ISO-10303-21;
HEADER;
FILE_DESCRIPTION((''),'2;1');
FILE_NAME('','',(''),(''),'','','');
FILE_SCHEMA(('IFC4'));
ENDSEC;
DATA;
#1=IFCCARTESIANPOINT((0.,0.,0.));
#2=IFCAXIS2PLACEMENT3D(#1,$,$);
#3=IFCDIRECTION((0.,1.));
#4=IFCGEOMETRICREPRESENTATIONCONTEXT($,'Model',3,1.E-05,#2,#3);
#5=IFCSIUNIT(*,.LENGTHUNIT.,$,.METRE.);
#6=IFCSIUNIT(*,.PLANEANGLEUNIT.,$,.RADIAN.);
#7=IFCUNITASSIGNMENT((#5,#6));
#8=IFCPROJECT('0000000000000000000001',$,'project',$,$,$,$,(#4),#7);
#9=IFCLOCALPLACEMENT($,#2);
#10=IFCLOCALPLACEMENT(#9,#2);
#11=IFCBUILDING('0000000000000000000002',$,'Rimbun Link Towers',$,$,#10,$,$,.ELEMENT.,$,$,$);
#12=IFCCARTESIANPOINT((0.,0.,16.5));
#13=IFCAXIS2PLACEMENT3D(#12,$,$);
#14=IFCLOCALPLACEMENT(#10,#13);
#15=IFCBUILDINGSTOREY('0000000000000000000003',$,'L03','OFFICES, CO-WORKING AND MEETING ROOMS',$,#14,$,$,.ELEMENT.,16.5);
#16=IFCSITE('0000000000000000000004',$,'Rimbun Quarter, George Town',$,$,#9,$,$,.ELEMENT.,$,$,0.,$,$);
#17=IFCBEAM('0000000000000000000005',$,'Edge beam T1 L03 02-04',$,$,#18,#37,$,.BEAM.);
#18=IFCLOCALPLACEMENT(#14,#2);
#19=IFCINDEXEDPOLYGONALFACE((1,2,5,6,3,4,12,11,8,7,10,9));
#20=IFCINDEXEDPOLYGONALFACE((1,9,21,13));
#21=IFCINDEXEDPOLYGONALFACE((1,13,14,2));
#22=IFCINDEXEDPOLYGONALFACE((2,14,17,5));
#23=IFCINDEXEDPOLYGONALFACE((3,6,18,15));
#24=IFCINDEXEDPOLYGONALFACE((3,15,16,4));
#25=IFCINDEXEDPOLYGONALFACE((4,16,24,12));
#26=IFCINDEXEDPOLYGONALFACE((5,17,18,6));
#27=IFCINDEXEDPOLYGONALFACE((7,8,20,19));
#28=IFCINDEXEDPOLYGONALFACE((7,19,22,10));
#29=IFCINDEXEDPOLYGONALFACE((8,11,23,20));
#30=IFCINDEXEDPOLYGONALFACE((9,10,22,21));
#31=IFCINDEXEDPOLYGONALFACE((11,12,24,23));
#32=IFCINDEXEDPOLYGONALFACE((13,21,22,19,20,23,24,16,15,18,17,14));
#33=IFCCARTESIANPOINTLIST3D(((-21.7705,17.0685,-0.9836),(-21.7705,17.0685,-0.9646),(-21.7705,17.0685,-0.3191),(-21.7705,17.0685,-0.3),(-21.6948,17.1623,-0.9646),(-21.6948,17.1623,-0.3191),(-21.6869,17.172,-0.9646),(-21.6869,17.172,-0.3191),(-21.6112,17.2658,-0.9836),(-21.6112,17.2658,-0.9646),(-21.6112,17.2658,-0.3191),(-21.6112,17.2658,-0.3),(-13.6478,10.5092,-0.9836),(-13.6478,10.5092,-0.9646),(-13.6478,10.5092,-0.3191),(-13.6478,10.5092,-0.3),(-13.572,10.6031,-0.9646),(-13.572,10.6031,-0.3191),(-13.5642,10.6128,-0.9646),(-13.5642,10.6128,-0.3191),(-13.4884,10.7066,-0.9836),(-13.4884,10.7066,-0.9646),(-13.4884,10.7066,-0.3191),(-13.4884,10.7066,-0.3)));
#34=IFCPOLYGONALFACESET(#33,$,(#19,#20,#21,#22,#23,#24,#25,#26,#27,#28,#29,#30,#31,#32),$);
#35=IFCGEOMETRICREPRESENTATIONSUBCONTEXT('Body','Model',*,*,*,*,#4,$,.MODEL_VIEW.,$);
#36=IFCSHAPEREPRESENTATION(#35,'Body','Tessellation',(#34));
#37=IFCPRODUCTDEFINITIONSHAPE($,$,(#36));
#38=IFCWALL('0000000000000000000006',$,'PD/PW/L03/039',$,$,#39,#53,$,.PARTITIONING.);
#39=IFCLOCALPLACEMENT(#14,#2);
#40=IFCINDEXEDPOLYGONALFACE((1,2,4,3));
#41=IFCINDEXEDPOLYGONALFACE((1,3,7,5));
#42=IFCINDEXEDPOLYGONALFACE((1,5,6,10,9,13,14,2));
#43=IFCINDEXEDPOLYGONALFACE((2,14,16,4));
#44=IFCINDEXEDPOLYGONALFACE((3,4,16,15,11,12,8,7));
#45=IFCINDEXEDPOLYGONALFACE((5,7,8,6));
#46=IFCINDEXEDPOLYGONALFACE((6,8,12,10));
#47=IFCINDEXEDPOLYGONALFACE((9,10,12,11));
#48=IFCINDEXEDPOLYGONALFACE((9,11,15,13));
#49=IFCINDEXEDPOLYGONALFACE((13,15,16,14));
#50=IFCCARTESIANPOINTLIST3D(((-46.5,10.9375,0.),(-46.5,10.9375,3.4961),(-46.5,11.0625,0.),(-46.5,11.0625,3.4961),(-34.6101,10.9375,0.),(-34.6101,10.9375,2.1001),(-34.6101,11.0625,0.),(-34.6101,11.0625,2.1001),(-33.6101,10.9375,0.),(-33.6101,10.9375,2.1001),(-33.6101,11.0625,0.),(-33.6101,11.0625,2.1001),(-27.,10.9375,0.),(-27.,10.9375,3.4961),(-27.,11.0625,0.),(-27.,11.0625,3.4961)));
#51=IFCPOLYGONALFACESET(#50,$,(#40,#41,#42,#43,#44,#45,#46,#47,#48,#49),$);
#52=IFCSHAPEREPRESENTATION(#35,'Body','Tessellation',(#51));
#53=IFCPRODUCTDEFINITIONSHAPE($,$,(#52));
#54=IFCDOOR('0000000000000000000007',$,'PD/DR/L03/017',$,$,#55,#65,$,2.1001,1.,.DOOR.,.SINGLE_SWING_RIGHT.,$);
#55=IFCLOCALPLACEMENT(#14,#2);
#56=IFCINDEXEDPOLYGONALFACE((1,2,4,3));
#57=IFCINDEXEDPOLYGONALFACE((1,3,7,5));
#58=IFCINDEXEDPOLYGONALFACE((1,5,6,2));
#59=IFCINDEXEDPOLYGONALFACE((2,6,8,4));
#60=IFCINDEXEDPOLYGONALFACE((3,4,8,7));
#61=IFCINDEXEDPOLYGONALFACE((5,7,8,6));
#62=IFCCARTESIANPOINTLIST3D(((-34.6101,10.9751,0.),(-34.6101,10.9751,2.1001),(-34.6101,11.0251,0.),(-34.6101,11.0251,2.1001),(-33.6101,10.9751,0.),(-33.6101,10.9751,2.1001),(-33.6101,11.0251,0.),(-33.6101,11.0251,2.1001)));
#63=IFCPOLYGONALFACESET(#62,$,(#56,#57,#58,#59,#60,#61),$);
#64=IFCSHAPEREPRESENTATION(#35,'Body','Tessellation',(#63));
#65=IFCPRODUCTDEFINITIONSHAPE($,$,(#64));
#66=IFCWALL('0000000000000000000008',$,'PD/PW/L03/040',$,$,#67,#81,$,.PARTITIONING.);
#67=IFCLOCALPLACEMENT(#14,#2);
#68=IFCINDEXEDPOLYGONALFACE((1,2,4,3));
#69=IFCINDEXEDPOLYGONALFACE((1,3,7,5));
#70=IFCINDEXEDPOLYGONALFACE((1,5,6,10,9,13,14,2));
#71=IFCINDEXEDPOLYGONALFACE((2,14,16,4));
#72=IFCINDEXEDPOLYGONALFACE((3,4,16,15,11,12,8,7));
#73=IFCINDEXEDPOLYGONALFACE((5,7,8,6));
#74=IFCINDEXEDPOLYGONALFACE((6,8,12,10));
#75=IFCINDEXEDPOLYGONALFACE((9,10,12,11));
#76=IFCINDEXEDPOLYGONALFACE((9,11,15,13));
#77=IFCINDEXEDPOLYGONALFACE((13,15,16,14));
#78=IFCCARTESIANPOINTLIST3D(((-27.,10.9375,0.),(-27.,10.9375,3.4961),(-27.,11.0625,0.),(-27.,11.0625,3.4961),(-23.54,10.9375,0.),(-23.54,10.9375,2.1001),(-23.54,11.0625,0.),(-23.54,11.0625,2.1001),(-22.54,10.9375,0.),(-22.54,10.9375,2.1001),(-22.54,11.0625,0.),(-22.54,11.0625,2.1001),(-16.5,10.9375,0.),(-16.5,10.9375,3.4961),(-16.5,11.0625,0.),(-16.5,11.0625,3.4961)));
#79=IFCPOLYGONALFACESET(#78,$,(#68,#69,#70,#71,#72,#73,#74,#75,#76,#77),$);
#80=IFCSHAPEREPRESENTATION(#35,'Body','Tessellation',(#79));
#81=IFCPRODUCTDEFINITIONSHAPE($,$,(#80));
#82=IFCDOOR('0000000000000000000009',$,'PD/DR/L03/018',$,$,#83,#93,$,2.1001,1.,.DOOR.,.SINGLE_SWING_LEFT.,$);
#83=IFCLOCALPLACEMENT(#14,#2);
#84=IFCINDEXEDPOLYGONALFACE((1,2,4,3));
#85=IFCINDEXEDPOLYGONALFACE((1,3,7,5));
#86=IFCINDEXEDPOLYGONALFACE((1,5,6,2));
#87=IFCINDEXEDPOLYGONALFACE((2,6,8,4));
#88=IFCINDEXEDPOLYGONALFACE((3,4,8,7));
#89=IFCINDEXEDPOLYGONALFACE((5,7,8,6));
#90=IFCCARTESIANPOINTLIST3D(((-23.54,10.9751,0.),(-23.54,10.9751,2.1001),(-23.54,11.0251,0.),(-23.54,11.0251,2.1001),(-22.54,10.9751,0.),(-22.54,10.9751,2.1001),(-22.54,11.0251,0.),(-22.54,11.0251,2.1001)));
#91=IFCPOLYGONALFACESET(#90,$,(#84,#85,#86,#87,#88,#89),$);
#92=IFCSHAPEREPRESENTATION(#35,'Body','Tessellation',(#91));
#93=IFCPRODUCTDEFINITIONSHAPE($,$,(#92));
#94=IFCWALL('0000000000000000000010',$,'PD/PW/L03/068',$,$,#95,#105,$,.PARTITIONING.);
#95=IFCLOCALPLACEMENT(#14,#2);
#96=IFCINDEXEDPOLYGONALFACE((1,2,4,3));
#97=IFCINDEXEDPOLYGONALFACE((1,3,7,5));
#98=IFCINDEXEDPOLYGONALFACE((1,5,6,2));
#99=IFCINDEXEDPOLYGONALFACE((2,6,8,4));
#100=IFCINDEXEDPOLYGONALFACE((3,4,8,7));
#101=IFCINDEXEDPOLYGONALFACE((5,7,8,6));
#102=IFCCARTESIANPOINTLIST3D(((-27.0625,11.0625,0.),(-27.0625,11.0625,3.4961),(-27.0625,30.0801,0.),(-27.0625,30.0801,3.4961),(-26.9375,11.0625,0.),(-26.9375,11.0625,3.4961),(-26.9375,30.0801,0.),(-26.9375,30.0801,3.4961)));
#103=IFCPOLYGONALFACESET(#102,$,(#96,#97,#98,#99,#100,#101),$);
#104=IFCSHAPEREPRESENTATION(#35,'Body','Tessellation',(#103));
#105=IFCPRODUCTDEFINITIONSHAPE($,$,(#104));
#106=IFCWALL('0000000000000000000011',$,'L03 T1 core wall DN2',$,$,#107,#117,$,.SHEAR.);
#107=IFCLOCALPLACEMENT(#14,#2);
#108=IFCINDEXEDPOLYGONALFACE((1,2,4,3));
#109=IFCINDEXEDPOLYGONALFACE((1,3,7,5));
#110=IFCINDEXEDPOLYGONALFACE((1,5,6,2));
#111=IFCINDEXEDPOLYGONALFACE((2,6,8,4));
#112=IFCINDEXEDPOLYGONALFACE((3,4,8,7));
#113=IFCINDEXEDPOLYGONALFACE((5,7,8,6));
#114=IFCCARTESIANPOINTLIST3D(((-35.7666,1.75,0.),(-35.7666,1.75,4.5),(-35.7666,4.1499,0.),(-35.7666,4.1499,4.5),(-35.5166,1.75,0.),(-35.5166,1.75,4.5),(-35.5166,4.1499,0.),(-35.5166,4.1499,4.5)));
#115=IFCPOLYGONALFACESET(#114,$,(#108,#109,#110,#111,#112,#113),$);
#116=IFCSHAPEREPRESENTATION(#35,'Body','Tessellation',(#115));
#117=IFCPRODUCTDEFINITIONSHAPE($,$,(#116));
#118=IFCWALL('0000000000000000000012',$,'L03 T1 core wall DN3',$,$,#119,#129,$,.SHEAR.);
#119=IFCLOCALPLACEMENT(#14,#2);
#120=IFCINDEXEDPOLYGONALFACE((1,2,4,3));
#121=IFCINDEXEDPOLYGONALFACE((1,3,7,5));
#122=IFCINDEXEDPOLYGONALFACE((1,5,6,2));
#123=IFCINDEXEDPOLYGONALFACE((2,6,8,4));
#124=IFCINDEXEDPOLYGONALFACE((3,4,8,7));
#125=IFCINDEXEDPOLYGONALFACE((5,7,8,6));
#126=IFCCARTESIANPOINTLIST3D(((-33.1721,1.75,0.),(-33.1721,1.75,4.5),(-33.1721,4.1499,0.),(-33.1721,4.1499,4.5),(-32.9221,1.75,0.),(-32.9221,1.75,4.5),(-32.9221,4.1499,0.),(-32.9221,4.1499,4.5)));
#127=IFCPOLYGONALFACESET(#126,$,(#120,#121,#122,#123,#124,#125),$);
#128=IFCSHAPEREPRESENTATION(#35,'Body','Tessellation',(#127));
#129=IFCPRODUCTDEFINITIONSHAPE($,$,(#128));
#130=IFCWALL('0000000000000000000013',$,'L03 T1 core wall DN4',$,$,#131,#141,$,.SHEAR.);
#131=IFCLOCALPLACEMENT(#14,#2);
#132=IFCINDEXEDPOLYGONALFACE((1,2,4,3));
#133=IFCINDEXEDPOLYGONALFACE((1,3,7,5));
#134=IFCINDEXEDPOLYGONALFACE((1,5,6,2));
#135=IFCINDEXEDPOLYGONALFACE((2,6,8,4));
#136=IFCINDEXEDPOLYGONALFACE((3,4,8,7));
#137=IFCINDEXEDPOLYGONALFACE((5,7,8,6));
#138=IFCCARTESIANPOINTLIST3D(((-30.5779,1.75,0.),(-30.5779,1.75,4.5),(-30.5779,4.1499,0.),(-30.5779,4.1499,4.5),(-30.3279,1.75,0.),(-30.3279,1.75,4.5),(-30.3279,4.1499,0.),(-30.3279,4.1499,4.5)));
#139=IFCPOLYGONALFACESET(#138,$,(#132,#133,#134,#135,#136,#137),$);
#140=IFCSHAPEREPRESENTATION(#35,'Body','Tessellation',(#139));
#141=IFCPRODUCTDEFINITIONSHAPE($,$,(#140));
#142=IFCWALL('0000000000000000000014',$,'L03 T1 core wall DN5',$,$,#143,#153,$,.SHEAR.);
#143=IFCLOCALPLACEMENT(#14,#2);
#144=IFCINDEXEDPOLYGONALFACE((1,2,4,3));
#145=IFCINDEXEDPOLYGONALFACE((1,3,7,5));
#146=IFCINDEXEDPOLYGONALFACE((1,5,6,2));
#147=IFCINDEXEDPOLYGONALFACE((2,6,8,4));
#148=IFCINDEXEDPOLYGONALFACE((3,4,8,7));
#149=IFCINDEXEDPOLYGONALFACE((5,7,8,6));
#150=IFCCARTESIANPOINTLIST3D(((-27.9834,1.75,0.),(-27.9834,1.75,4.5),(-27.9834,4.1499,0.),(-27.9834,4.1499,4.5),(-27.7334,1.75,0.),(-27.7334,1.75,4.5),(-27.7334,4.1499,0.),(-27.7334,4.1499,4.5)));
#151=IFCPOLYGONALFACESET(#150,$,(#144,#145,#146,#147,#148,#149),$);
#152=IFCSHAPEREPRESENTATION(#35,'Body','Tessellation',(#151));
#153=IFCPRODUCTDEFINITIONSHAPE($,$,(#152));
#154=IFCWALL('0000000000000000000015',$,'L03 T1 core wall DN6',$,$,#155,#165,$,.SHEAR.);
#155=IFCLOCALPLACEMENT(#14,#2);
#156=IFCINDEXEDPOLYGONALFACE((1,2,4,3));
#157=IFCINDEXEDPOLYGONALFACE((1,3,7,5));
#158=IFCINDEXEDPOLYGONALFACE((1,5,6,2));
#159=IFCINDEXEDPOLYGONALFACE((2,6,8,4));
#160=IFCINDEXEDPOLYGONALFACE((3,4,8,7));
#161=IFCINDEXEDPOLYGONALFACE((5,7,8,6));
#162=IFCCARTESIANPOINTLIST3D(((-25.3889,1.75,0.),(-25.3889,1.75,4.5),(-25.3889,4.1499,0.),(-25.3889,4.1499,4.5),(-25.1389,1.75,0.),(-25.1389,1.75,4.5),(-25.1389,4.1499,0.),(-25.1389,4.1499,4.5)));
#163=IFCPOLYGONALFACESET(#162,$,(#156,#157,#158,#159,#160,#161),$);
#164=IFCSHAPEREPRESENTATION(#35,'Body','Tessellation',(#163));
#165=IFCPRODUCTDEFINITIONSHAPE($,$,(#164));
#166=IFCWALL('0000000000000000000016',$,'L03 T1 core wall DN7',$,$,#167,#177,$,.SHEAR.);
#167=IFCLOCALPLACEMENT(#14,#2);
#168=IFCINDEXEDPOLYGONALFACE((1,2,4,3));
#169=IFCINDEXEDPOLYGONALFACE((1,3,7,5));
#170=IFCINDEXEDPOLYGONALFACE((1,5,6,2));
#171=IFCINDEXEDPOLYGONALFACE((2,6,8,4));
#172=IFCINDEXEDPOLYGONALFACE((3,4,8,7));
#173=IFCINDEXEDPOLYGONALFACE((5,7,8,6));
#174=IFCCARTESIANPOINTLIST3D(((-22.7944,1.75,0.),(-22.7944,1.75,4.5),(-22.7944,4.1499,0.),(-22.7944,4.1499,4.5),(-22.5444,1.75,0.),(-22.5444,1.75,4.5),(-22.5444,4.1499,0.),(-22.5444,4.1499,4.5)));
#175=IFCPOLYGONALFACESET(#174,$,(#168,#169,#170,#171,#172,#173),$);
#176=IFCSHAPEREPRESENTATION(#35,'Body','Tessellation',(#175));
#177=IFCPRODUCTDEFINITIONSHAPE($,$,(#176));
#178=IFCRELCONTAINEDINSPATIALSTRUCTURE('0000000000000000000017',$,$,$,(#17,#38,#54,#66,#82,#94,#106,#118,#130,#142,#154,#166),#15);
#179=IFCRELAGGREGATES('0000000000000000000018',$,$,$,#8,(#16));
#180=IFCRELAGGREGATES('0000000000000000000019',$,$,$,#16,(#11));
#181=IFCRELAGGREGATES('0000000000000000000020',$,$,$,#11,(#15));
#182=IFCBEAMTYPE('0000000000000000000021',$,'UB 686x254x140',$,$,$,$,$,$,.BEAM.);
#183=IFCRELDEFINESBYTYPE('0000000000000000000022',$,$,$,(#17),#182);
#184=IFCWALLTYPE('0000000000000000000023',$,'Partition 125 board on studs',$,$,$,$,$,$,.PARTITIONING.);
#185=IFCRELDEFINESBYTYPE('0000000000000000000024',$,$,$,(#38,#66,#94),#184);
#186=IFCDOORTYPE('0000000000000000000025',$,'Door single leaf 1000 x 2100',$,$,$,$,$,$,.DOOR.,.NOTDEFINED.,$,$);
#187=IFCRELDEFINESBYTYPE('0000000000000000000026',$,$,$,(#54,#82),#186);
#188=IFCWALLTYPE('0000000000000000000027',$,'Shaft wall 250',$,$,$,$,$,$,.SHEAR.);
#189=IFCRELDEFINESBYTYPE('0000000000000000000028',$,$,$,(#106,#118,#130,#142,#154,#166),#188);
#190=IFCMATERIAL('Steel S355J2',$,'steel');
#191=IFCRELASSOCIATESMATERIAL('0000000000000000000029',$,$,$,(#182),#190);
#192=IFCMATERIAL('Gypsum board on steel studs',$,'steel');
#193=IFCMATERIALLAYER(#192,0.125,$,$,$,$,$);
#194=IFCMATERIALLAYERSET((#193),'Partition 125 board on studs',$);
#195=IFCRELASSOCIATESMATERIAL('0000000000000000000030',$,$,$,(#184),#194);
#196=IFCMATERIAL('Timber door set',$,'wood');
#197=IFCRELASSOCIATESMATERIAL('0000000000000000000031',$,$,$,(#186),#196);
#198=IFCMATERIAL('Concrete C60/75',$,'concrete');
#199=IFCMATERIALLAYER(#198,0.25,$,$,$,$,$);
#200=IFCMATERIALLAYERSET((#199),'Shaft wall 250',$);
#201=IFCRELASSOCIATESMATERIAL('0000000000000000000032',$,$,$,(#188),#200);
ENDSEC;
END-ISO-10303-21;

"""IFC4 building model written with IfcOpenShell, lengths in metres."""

from ifc_helpers import new_model, si_unit, direction, frame, frame_2d, origin, origin_2d, place, context, subcontext, project, spatial, rectangle, i_section, extrude, material, layer, layer_set, material_profile, profile_set, type_object, element, fill, save


model = new_model("IFC4")

# Units and contexts
model_context = context("Model", 3, precision=1e-05, world=origin(), true_north=direction((0.0, 1.0)))
body_context = subcontext(model_context, "Body", "Model", "MODEL_VIEW")
ifc_project = project(units=[si_unit("LENGTHUNIT", "METRE"), si_unit("PLANEANGLEUNIT", "RADIAN")], contexts=[model_context])

# Site, building, storey
site_placement = place(None, origin())
site = spatial("IfcSite", under=ifc_project, at=site_placement, Name="Rimbun Quarter, George Town", CompositionType="ELEMENT", RefElevation=0.0)
building_placement = place(site_placement, origin())
building = spatial("IfcBuilding", under=site, at=building_placement, Name="Rimbun Link Towers", CompositionType="ELEMENT")
storey_placement = place(building_placement, frame((0.0, 0.0, 16.5)))
storey = spatial("IfcBuildingStorey", under=building, at=storey_placement, Name="L03", Description="OFFICES, CO-WORKING AND MEETING ROOMS", CompositionType="ELEMENT", Elevation=16.5)

# Beam
ifc_material_1 = material(Name="Steel S355J2", Category="steel")
ifc_material_profile_1 = material_profile(ifc_material_1, i_section(OverallWidth=0.2537, OverallDepth=0.6836, WebThickness=0.0125, FlangeThickness=0.019, at=origin_2d()), Name="UB 686x254x140")
ifc_profile_set_1 = profile_set([ifc_material_profile_1], Name="Steel S355J2")
beam_type_1 = type_object("IfcBeamType", Name="UB 686x254x140", PredefinedType="BEAM", material=ifc_profile_set_1)
beam_1_placement = place(storey_placement, frame((-13.5681, 10.6079, -0.6418), z_axis=(-0.778007, 0.628256, 0.0), x_axis=(-0.628256, -0.778007, 0.0)))
element("IfcBeam", 1, at=beam_1_placement, inside=storey, type_object=beam_type_1, Name="Edge beam T1 L03 02-04", PredefinedType="BEAM", context=body_context, shape_type="SweptSolid", body=[
    extrude(i_section(OverallWidth=0.2537, OverallDepth=0.6836, WebThickness=0.0125, FlangeThickness=0.019, at=origin_2d()), origin(), (0.0, 0.0, 1.0), 10.4404),
])

# Walls, openings, doors
ifc_material_2 = material(Name="Gypsum board on steel studs", Category="steel")
ifc_layer_1 = layer(ifc_material_2, 0.125)
ifc_layer_set_1 = layer_set([ifc_layer_1], Name="Partition 125 board on studs")
wall_type_1 = type_object("IfcWallType", Name="Partition 125 board on studs", PredefinedType="PARTITIONING", material=ifc_layer_set_1)
wall_1_placement = place(storey_placement, frame((-27.0, 11.0, 0.0), z_axis=(0.0, 0.0, 1.0), x_axis=(-1.0, 0.0, 0.0)))
wall_1 = element("IfcWall", 2, at=wall_1_placement, inside=storey, type_object=wall_type_1, Name="PD/PW/L03/039", PredefinedType="PARTITIONING", context=body_context, shape_type="SweptSolid", body=[
    extrude(rectangle(XDim=19.5, YDim=0.125, at=frame_2d((9.75, 0.0))), origin(), (0.0, 0.0, 1.0), 3.4961),
])
opening_1_placement = place(wall_1_placement, frame((6.6101, 0.0, 0.0)))
opening_1 = element("IfcOpeningElement", 3, at=opening_1_placement, cuts=wall_1, PredefinedType="OPENING", context=body_context, shape_type="SweptSolid", body=[
    extrude(rectangle(XDim=1.0, YDim=2.1001, at=frame_2d((0.5, 1.05))), frame((0.0, 0.0725, 0.0), z_axis=(0.0, -1.0, 0.0), x_axis=(1.0, 0.0, 0.0)), (0.0, 0.0, 1.0), 0.145),
])
ifc_material_3 = material(Name="Timber door set", Category="wood")
door_type_1 = type_object("IfcDoorType", Name="Door single leaf 1000 x 2100", OperationType="NOTDEFINED", PredefinedType="DOOR", material=ifc_material_3)
door_1_placement = place(opening_1_placement, origin())
door_1 = element("IfcDoor", 4, at=door_1_placement, inside=storey, type_object=door_type_1, Name="PD/DR/L03/017", OperationType="SINGLE_SWING_RIGHT", OverallHeight=2.1001, OverallWidth=1.0, PredefinedType="DOOR", context=body_context, shape_type="SweptSolid", body=[
    extrude(rectangle(XDim=1.0, YDim=2.1001, at=frame_2d((0.5, 1.05))), frame((0.0, 0.0249, 0.0), z_axis=(0.0, -1.0, 0.0), x_axis=(1.0, 0.0, 0.0)), (0.0, 0.0, 1.0), 0.05),
])
fill(opening_1, door_1)
wall_2_placement = place(storey_placement, frame((-16.5, 11.0, 0.0), z_axis=(0.0, 0.0, 1.0), x_axis=(-1.0, 0.0, 0.0)))
wall_2 = element("IfcWall", 5, at=wall_2_placement, inside=storey, type_object=wall_type_1, Name="PD/PW/L03/040", PredefinedType="PARTITIONING", context=body_context, shape_type="SweptSolid", body=[
    extrude(rectangle(XDim=10.5, YDim=0.125, at=frame_2d((5.25, 0.0))), origin(), (0.0, 0.0, 1.0), 3.4961),
])
opening_2_placement = place(wall_2_placement, frame((6.04, 0.0, 0.0)))
opening_2 = element("IfcOpeningElement", 6, at=opening_2_placement, cuts=wall_2, PredefinedType="OPENING", context=body_context, shape_type="SweptSolid", body=[
    extrude(rectangle(XDim=1.0, YDim=2.1001, at=frame_2d((0.5, 1.05))), frame((0.0, 0.0725, 0.0), z_axis=(0.0, -1.0, 0.0), x_axis=(1.0, 0.0, 0.0)), (0.0, 0.0, 1.0), 0.145),
])
door_2_placement = place(opening_2_placement, origin())
door_2 = element("IfcDoor", 7, at=door_2_placement, inside=storey, type_object=door_type_1, Name="PD/DR/L03/018", OperationType="SINGLE_SWING_LEFT", OverallHeight=2.1001, OverallWidth=1.0, PredefinedType="DOOR", context=body_context, shape_type="SweptSolid", body=[
    extrude(rectangle(XDim=1.0, YDim=2.1001, at=frame_2d((0.5, 1.05))), frame((0.0, 0.0249, 0.0), z_axis=(0.0, -1.0, 0.0), x_axis=(1.0, 0.0, 0.0)), (0.0, 0.0, 1.0), 0.05),
])
fill(opening_2, door_2)

# Walls
wall_3_placement = place(storey_placement, frame((-27.0, 11.0625, 0.0), z_axis=(0.0, 0.0, 1.0), x_axis=(0.0, 1.0, 0.0)))
element("IfcWall", 8, at=wall_3_placement, inside=storey, type_object=wall_type_1, Name="PD/PW/L03/068", PredefinedType="PARTITIONING", context=body_context, shape_type="SweptSolid", body=[
    extrude(rectangle(XDim=19.0176, YDim=0.125, at=frame_2d((9.5088, 0.0))), origin(), (0.0, 0.0, 1.0), 3.4961),
])
ifc_material_4 = material(Name="Concrete C60/75", Category="concrete")
ifc_layer_2 = layer(ifc_material_4, 0.25)
ifc_layer_set_2 = layer_set([ifc_layer_2], Name="Shaft wall 250")
wall_type_2 = type_object("IfcWallType", Name="Shaft wall 250", PredefinedType="SHEAR", material=ifc_layer_set_2)
for number, where, z_axis, x_axis, name in (
    (9, (-35.6416, 1.75, 0.0), (0.0, 0.0, 1.0), (0.0, 1.0, 0.0), "L03 T1 core wall DN2"),
    (10, (-33.0471, 1.75, 0.0), (0.0, 0.0, 1.0), (0.0, 1.0, 0.0), "L03 T1 core wall DN3"),
    (11, (-30.4529, 1.75, 0.0), (0.0, 0.0, 1.0), (0.0, 1.0, 0.0), "L03 T1 core wall DN4"),
    (12, (-27.8584, 1.75, 0.0), (0.0, 0.0, 1.0), (0.0, 1.0, 0.0), "L03 T1 core wall DN5"),
    (13, (-25.2639, 1.75, 0.0), (0.0, 0.0, 1.0), (0.0, 1.0, 0.0), "L03 T1 core wall DN6"),
    (14, (-22.6694, 1.75, 0.0), (0.0, 0.0, 1.0), (0.0, 1.0, 0.0), "L03 T1 core wall DN7"),
):
    element("IfcWall", number, at=place(storey_placement, frame(where, z_axis=z_axis, x_axis=x_axis)), inside=storey, type_object=wall_type_2, Name=name, PredefinedType="SHEAR", context=body_context, shape_type="SweptSolid", body=[
        extrude(rectangle(XDim=2.3999, YDim=0.25, at=frame_2d((1.2, 0.0))), origin(), (0.0, 0.0, 1.0), 4.5),
    ])

save(model, "model.ifc")
